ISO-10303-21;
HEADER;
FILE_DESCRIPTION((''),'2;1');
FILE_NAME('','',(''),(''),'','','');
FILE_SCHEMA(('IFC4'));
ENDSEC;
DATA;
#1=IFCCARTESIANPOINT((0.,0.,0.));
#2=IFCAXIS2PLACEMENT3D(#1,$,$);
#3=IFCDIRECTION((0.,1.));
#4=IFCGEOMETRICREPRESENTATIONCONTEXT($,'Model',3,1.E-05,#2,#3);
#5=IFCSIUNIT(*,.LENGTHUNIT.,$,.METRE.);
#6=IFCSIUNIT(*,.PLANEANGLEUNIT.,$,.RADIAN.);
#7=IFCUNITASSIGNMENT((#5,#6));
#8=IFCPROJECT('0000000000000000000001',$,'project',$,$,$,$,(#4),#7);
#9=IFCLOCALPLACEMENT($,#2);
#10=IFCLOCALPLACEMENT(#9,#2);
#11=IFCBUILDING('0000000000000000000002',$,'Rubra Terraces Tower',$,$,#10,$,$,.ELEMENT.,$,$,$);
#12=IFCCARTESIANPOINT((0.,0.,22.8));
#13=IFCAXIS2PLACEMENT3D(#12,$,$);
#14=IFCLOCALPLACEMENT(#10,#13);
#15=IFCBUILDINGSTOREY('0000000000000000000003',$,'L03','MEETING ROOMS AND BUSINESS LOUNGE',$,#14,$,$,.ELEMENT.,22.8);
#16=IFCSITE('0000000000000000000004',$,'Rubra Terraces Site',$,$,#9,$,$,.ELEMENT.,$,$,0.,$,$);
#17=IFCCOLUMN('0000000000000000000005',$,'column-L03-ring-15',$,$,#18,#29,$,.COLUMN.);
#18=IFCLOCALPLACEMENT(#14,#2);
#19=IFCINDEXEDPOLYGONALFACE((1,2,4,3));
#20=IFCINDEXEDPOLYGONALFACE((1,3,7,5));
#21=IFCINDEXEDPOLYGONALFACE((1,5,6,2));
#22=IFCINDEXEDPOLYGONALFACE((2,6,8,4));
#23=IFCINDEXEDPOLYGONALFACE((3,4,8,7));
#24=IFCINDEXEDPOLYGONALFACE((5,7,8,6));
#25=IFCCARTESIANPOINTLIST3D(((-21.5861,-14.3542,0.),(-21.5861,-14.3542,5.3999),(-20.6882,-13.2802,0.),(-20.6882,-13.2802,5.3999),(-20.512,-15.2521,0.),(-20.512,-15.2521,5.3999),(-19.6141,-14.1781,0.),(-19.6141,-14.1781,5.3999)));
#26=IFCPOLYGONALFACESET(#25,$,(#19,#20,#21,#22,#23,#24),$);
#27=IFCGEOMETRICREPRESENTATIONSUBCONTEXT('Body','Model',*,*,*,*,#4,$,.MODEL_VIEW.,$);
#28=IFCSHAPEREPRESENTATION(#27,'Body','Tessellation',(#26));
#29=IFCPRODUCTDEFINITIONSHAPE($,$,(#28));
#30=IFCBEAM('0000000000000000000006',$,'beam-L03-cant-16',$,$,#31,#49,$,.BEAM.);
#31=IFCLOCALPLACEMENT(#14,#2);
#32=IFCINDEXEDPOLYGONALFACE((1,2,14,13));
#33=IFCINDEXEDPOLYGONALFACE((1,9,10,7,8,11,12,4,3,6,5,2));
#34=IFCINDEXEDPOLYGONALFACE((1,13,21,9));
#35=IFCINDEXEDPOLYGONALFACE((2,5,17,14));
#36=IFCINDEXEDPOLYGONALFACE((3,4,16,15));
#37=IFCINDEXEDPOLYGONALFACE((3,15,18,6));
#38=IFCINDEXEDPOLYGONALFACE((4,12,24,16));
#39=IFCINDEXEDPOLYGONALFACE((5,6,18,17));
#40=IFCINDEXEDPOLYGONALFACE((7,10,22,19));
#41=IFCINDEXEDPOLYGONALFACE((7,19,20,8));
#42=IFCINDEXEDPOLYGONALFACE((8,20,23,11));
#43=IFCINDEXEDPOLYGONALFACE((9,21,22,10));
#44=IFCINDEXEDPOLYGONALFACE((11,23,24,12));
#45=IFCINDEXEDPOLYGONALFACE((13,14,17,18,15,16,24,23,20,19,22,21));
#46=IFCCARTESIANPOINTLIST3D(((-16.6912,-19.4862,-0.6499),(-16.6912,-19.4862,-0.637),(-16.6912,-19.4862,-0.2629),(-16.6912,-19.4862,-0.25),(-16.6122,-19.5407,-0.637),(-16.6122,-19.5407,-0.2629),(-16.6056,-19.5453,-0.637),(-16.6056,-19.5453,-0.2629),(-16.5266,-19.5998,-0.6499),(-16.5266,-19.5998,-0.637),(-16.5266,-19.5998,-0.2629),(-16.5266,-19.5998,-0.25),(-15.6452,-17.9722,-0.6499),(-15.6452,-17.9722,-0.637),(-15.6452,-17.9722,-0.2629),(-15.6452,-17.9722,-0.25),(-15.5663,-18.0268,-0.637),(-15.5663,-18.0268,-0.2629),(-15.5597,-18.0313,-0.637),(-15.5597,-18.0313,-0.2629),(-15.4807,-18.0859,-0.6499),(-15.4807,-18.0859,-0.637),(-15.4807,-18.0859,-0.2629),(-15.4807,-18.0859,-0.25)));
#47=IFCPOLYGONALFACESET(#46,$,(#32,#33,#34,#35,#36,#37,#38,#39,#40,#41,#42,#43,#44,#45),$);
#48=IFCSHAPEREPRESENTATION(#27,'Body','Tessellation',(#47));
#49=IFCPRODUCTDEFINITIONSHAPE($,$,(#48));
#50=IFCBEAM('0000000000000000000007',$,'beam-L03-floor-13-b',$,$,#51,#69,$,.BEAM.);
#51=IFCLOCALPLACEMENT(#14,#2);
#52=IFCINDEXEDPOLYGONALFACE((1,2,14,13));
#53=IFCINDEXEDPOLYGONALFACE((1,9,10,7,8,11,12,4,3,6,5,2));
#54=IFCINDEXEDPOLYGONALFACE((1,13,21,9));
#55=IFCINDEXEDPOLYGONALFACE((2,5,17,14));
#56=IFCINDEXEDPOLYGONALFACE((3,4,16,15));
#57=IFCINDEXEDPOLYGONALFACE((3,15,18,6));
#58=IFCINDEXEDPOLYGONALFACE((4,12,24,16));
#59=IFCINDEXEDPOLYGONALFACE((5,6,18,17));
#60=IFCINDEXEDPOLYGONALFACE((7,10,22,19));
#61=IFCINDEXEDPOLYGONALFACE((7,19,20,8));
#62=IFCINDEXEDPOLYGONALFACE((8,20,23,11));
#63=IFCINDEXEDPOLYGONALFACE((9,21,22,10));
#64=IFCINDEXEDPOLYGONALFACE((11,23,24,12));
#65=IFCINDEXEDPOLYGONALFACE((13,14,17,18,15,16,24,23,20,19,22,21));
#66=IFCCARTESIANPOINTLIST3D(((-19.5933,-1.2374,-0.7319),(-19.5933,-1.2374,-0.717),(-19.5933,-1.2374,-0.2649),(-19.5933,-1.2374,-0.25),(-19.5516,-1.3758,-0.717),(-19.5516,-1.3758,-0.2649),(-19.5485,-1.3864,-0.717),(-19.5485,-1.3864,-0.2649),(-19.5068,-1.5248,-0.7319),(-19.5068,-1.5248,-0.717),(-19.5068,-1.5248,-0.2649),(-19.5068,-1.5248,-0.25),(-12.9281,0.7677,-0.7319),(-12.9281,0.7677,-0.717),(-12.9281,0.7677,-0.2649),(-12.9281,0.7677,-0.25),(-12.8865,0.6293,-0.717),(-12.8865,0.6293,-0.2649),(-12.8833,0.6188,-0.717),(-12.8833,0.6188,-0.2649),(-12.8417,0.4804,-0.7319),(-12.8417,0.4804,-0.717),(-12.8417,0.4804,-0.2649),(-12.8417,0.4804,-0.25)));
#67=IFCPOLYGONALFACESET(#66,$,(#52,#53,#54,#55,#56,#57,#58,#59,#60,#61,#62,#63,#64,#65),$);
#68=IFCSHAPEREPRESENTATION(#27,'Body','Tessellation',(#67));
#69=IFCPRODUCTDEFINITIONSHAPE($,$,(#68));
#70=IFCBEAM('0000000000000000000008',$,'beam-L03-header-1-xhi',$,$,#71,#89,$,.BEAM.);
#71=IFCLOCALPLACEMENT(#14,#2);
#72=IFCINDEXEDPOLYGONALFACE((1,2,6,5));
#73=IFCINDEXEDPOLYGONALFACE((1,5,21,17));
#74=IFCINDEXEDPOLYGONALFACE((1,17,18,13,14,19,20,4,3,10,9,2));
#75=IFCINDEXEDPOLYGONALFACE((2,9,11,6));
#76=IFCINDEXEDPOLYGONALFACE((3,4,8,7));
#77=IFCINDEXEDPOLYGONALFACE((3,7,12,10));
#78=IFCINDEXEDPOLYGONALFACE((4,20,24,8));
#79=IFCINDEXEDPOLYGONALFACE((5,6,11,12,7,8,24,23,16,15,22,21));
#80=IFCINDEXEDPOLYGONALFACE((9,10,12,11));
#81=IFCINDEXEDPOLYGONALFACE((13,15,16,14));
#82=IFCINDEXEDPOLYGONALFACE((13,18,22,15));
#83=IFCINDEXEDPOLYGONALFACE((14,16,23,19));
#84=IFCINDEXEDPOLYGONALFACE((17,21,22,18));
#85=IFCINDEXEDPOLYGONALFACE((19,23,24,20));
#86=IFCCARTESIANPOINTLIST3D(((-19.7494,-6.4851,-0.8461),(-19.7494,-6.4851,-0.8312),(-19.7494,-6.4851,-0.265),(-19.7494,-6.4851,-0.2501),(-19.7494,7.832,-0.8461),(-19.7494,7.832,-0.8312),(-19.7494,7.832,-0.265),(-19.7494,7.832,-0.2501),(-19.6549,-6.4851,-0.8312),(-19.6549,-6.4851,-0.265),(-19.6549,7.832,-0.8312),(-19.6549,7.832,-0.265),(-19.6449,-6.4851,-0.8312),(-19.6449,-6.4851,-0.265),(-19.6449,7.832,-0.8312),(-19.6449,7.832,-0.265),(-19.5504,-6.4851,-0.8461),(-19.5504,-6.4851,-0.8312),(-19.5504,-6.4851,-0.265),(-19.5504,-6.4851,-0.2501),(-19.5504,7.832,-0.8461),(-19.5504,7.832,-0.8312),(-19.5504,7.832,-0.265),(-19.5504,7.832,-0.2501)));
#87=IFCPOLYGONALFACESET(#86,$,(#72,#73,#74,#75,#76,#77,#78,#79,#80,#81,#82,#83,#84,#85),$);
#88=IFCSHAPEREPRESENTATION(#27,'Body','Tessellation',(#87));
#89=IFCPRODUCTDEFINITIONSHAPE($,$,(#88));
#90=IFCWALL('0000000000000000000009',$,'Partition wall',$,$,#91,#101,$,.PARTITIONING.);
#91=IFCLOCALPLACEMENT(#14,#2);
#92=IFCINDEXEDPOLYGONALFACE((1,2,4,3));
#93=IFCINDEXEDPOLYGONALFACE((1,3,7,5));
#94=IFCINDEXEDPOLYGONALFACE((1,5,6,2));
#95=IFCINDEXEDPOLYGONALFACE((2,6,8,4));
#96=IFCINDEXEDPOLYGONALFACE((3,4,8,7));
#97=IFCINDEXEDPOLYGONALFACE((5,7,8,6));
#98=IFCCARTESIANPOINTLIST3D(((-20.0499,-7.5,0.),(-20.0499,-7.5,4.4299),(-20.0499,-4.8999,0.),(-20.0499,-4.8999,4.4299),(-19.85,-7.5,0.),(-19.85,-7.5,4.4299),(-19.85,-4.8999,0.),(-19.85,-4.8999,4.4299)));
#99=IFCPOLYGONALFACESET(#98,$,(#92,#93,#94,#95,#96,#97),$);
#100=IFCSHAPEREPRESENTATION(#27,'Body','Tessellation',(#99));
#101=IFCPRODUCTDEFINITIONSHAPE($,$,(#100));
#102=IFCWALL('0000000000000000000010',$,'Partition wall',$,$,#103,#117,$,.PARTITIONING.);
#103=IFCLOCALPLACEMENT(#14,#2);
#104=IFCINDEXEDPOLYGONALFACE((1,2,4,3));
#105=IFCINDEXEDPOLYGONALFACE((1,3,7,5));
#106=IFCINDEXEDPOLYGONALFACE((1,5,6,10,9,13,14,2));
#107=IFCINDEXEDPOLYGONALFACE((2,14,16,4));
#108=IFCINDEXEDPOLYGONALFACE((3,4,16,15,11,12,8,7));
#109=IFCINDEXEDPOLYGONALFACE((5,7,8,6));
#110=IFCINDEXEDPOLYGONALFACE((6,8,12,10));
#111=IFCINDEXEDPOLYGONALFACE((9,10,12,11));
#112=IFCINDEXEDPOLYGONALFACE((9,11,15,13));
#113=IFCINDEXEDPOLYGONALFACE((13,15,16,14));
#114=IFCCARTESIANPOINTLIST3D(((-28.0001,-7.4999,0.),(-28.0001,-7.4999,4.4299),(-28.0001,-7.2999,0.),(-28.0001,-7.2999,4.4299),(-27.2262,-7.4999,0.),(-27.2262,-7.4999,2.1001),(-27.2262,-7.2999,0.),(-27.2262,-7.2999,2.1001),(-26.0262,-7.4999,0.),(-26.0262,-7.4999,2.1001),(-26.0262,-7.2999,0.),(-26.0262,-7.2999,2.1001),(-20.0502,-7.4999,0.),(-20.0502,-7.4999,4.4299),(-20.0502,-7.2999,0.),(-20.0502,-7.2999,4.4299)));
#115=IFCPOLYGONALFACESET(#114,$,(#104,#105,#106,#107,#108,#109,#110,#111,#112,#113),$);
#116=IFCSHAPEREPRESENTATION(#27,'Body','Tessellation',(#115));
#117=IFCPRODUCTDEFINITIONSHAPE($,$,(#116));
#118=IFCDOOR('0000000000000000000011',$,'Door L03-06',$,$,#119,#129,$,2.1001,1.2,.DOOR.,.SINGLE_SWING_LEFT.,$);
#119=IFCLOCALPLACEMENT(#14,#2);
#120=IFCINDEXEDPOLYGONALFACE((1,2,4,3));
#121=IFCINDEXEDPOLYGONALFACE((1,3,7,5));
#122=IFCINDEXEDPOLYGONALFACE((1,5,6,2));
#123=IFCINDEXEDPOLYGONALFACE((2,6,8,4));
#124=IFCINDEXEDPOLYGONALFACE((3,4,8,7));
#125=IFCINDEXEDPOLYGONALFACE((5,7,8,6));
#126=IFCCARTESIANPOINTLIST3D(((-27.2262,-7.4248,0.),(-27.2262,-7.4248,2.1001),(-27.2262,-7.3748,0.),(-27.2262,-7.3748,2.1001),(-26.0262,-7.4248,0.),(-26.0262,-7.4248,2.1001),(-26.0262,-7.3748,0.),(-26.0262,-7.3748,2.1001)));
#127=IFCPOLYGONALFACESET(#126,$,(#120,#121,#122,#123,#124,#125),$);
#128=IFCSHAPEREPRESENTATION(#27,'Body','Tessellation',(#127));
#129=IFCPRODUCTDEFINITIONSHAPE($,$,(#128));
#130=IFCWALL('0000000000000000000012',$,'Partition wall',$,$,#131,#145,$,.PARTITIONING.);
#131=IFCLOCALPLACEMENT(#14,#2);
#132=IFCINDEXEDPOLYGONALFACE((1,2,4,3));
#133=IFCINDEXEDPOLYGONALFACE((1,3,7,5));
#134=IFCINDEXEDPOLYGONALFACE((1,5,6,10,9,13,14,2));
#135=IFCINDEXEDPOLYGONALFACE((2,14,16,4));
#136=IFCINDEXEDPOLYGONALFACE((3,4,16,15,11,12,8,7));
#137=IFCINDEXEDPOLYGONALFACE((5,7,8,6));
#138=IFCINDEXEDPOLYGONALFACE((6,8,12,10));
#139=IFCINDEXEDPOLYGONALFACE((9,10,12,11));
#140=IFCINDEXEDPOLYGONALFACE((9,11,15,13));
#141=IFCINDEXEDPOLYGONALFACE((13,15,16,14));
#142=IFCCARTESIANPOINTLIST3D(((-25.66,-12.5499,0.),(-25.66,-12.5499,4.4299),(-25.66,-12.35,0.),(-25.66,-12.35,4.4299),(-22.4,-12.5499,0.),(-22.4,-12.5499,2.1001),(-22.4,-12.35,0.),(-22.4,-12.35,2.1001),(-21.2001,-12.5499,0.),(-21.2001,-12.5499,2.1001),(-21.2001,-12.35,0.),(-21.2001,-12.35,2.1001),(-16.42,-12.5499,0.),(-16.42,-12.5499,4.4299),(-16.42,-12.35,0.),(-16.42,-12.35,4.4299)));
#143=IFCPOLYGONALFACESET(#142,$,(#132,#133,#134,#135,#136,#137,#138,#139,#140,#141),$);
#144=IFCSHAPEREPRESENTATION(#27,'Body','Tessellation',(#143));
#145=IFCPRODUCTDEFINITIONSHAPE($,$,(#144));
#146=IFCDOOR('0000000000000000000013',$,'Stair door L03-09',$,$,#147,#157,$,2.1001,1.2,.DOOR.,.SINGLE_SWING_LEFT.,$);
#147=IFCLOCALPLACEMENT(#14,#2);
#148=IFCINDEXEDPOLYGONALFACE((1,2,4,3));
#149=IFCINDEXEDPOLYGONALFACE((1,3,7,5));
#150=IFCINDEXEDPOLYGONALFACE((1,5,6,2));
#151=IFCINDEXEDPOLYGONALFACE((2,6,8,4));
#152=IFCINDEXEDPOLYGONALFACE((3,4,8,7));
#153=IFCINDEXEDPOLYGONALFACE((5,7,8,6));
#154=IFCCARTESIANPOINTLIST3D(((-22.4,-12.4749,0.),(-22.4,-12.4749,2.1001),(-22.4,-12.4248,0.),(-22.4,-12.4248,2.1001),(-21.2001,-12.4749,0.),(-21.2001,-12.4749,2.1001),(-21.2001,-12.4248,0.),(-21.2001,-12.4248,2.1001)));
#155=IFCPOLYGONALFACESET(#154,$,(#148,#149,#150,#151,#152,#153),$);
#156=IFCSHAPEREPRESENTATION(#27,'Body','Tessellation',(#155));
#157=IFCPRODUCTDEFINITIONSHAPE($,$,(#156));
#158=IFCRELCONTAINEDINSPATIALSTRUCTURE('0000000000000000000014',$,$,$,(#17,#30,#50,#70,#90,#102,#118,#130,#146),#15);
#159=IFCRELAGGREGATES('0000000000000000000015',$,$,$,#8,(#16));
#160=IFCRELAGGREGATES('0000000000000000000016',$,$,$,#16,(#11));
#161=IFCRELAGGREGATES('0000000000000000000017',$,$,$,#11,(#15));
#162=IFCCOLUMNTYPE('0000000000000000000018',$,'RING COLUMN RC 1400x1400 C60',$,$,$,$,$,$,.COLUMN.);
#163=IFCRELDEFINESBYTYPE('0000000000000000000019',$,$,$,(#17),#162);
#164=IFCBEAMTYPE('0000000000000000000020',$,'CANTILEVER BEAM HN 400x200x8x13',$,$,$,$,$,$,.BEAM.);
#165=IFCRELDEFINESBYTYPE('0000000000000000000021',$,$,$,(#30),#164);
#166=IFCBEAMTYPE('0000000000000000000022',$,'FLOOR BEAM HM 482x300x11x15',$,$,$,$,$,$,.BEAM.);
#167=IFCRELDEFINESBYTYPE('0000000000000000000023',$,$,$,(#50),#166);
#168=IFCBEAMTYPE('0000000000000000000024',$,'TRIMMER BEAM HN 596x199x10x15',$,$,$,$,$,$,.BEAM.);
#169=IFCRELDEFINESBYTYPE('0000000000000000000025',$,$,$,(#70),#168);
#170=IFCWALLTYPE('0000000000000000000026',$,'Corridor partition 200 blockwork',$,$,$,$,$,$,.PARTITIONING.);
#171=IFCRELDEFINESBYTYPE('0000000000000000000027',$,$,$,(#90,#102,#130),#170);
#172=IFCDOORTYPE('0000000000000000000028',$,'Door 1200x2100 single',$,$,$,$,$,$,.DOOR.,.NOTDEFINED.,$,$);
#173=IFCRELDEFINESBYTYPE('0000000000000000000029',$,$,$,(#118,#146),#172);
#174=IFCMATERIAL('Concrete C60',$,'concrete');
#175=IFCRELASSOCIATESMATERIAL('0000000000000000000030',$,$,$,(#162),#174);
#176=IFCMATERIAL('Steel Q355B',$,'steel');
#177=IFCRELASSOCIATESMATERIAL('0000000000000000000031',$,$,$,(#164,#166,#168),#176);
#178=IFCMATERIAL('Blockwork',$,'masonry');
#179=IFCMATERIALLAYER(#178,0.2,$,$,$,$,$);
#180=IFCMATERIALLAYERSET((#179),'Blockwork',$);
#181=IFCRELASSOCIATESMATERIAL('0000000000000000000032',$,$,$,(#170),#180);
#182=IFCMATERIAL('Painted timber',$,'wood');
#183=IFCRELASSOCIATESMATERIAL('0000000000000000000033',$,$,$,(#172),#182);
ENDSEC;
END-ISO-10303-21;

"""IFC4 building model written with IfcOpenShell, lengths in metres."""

from ifc_helpers import new_model, si_unit, direction, frame, frame_2d, origin, origin_2d, place, context, subcontext, project, spatial, rectangle, i_section, extrude, material, layer, layer_set, material_profile, profile_set, type_object, element, fill, save


model = new_model("IFC4")

# Units and contexts
model_context = context("Model", 3, precision=1e-05, world=origin(), true_north=direction((0.0, 1.0)))
body_context = subcontext(model_context, "Body", "Model", "MODEL_VIEW")
ifc_project = project(units=[si_unit("LENGTHUNIT", "METRE"), si_unit("PLANEANGLEUNIT", "RADIAN")], contexts=[model_context])

# Site, building, storey
site_placement = place(None, origin())
site = spatial("IfcSite", under=ifc_project, at=site_placement, Name="Rubra Terraces Site", CompositionType="ELEMENT", RefElevation=0.0)
building_placement = place(site_placement, origin())
building = spatial("IfcBuilding", under=site, at=building_placement, Name="Rubra Terraces Tower", CompositionType="ELEMENT")
storey_placement = place(building_placement, frame((0.0, 0.0, 22.8)))
storey = spatial("IfcBuildingStorey", under=building, at=storey_placement, Name="L03", Description="MEETING ROOMS AND BUSINESS LOUNGE", CompositionType="ELEMENT", Elevation=22.8)

# Column
ifc_material_1 = material(Name="Concrete C60", Category="concrete")
ifc_material_profile_1 = material_profile(ifc_material_1, rectangle(XDim=1.3999, YDim=1.3999, at=origin_2d()), Name="RC 1400x1400")
ifc_profile_set_1 = profile_set([ifc_material_profile_1], Name="Concrete C60")
column_type = type_object("IfcColumnType", Name="RING COLUMN RC 1400x1400 C60", PredefinedType="COLUMN", material=ifc_profile_set_1)
column_placement = place(storey_placement, frame((-20.6001, -14.2661, 0.0), z_axis=(0.0, 0.0, 1.0), x_axis=(0.76721, -0.641397, 0.0)))
element("IfcColumn", 1, at=column_placement, inside=storey, type_object=column_type, Name="column-L03-ring-15", PredefinedType="COLUMN", context=body_context, shape_type="SweptSolid", body=[
    extrude(rectangle(XDim=1.3999, YDim=1.3999, at=origin_2d()), origin(), (0.0, 0.0, 1.0), 5.3999),
])

# Beams
ifc_material_2 = material(Name="Steel Q355B", Category="steel")
ifc_material_profile_2 = material_profile(ifc_material_2, i_section(OverallWidth=0.2, OverallDepth=0.3999, WebThickness=0.0081, FlangeThickness=0.0129, at=origin_2d()), Name="HN 400x200x8x13")
ifc_profile_set_2 = profile_set([ifc_material_profile_2], Name="Steel Q355B")
beam_type_1 = type_object("IfcBeamType", Name="CANTILEVER BEAM HN 400x200x8x13", PredefinedType="BEAM", material=ifc_profile_set_2)
beam_1_placement = place(storey_placement, frame((-15.563, -18.0291, -0.45), z_axis=(-0.568402, -0.822751, 0.0), x_axis=(0.822751, -0.568402, 0.0)))
element("IfcBeam", 2, at=beam_1_placement, inside=storey, type_object=beam_type_1, Name="beam-L03-cant-16", PredefinedType="BEAM", context=body_context, shape_type="SweptSolid", body=[
    extrude(i_section(OverallWidth=0.2, OverallDepth=0.3999, WebThickness=0.0081, FlangeThickness=0.0129, at=origin_2d()), origin(), (0.0, 0.0, 1.0), 1.8401),
])
ifc_material_profile_3 = material_profile(ifc_material_2, i_section(OverallWidth=0.3, OverallDepth=0.4819, WebThickness=0.011, FlangeThickness=0.0149, at=origin_2d()), Name="HM 482x300x11x15")
ifc_profile_set_3 = profile_set([ifc_material_profile_3], Name="Steel Q355B")
beam_type_2 = type_object("IfcBeamType", Name="FLOOR BEAM HM 482x300x11x15", PredefinedType="BEAM", material=ifc_profile_set_3)
beam_2_placement = place(storey_placement, frame((-19.55, -1.3811, -0.491), z_axis=(0.957604, 0.288088, 0.0), x_axis=(-0.288088, 0.957604, 0.0)))
element("IfcBeam", 3, at=beam_2_placement, inside=storey, type_object=beam_type_2, Name="beam-L03-floor-13-b", PredefinedType="BEAM", context=body_context, shape_type="SweptSolid", body=[
    extrude(i_section(OverallWidth=0.3, OverallDepth=0.4819, WebThickness=0.011, FlangeThickness=0.0149, at=origin_2d()), origin(), (0.0, 0.0, 1.0), 6.9602),
])
ifc_material_profile_4 = material_profile(ifc_material_2, i_section(OverallWidth=0.199, OverallDepth=0.5959, WebThickness=0.01, FlangeThickness=0.0149, at=origin_2d()), Name="HN 596x199x10x15")
ifc_profile_set_4 = profile_set([ifc_material_profile_4], Name="Steel Q355B")
beam_type_3 = type_object("IfcBeamType", Name="TRIMMER BEAM HN 596x199x10x15", PredefinedType="BEAM", material=ifc_profile_set_4)
beam_3_placement = place(storey_placement, frame((-19.6499, -6.4851, -0.5481), z_axis=(0.0, 1.0, 0.0), x_axis=(-1.0, 0.0, 0.0)))
element("IfcBeam", 4, at=beam_3_placement, inside=storey, type_object=beam_type_3, Name="beam-L03-header-1-xhi", PredefinedType="BEAM", context=body_context, shape_type="SweptSolid", body=[
    extrude(i_section(OverallWidth=0.199, OverallDepth=0.5959, WebThickness=0.01, FlangeThickness=0.0149, at=origin_2d()), origin(), (0.0, 0.0, 1.0), 14.3171),
])

# Wall
ifc_material_3 = material(Name="Blockwork", Category="masonry")
ifc_layer_1 = layer(ifc_material_3, 0.2)
ifc_layer_set_1 = layer_set([ifc_layer_1], Name="Blockwork")
wall_type_1 = type_object("IfcWallType", Name="Corridor partition 200 blockwork", PredefinedType="PARTITIONING", material=ifc_layer_set_1)
wall_1_placement = place(storey_placement, frame((-19.95, -4.8999, 0.0), z_axis=(0.0, 0.0, 1.0), x_axis=(0.0, -1.0, 0.0)))
element("IfcWall", 5, at=wall_1_placement, inside=storey, type_object=wall_type_1, Name="Partition wall", PredefinedType="PARTITIONING", context=body_context, shape_type="SweptSolid", body=[
    extrude(rectangle(XDim=2.6001, YDim=0.2, at=frame_2d((1.3, 0.0))), origin(), (0.0, 0.0, 1.0), 4.4299),
])

# Walls, openings, doors
wall_2_placement = place(storey_placement, frame((-20.05, -7.3999, 0.0), z_axis=(0.0, 0.0, 1.0), x_axis=(-1.0, 0.0, 0.0)))
wall_2 = element("IfcWall", 6, at=wall_2_placement, inside=storey, type_object=wall_type_1, Name="Partition wall", PredefinedType="PARTITIONING", context=body_context, shape_type="SweptSolid", body=[
    extrude(rectangle(XDim=7.95, YDim=0.2, at=frame_2d((3.9751, 0.0))), origin(), (0.0, 0.0, 1.0), 4.4299),
])
opening_1_placement = place(wall_2_placement, frame((5.9761, 0.0, 0.0)))
opening_1 = element("IfcOpeningElement", 7, at=opening_1_placement, cuts=wall_2, PredefinedType="OPENING", context=body_context, shape_type="SweptSolid", body=[
    extrude(rectangle(XDim=1.2, YDim=2.1001, at=frame_2d((0.6001, 1.05))), frame((0.0, 0.1099, 0.0), z_axis=(0.0, -1.0, 0.0), x_axis=(1.0, 0.0, 0.0)), (0.0, 0.0, 1.0), 0.22),
])
ifc_material_4 = material(Name="Painted timber", Category="wood")
door_type_1 = type_object("IfcDoorType", Name="Door 1200x2100 single", OperationType="NOTDEFINED", PredefinedType="DOOR", material=ifc_material_4)
door_1_placement = place(opening_1_placement, origin())
door_1 = element("IfcDoor", 8, at=door_1_placement, inside=storey, type_object=door_type_1, Name="Door L03-06", OperationType="SINGLE_SWING_LEFT", OverallHeight=2.1001, OverallWidth=1.2, PredefinedType="DOOR", context=body_context, shape_type="SweptSolid", body=[
    extrude(rectangle(XDim=1.2, YDim=2.1001, at=frame_2d((0.6001, 1.05))), frame((0.0, 0.0249, 0.0), z_axis=(0.0, -1.0, 0.0), x_axis=(1.0, 0.0, 0.0)), (0.0, 0.0, 1.0), 0.05),
])
fill(opening_1, door_1)
wall_3_placement = place(storey_placement, frame((-16.4199, -12.45, 0.0), z_axis=(0.0, 0.0, 1.0), x_axis=(-1.0, 0.0, 0.0)))
wall_3 = element("IfcWall", 9, at=wall_3_placement, inside=storey, type_object=wall_type_1, Name="Partition wall", PredefinedType="PARTITIONING", context=body_context, shape_type="SweptSolid", body=[
    extrude(rectangle(XDim=9.24, YDim=0.2, at=frame_2d((4.6201, 0.0))), origin(), (0.0, 0.0, 1.0), 4.4299),
])
opening_2_placement = place(wall_3_placement, frame((4.78, 0.0, 0.0)))
opening_2 = element("IfcOpeningElement", 10, at=opening_2_placement, cuts=wall_3, PredefinedType="OPENING", context=body_context, shape_type="SweptSolid", body=[
    extrude(rectangle(XDim=1.2, YDim=2.1001, at=frame_2d((0.6001, 1.05))), frame((0.0, 0.1099, 0.0), z_axis=(0.0, -1.0, 0.0), x_axis=(1.0, 0.0, 0.0)), (0.0, 0.0, 1.0), 0.22),
])
door_2_placement = place(opening_2_placement, origin())
door_2 = element("IfcDoor", 11, at=door_2_placement, inside=storey, type_object=door_type_1, Name="Stair door L03-09", OperationType="SINGLE_SWING_LEFT", OverallHeight=2.1001, OverallWidth=1.2, PredefinedType="DOOR", context=body_context, shape_type="SweptSolid", body=[
    extrude(rectangle(XDim=1.2, YDim=2.1001, at=frame_2d((0.6001, 1.05))), frame((0.0, 0.0249, 0.0), z_axis=(0.0, -1.0, 0.0), x_axis=(1.0, 0.0, 0.0)), (0.0, 0.0, 1.0), 0.05),
])
fill(opening_2, door_2)

save(model, "model.ifc")
